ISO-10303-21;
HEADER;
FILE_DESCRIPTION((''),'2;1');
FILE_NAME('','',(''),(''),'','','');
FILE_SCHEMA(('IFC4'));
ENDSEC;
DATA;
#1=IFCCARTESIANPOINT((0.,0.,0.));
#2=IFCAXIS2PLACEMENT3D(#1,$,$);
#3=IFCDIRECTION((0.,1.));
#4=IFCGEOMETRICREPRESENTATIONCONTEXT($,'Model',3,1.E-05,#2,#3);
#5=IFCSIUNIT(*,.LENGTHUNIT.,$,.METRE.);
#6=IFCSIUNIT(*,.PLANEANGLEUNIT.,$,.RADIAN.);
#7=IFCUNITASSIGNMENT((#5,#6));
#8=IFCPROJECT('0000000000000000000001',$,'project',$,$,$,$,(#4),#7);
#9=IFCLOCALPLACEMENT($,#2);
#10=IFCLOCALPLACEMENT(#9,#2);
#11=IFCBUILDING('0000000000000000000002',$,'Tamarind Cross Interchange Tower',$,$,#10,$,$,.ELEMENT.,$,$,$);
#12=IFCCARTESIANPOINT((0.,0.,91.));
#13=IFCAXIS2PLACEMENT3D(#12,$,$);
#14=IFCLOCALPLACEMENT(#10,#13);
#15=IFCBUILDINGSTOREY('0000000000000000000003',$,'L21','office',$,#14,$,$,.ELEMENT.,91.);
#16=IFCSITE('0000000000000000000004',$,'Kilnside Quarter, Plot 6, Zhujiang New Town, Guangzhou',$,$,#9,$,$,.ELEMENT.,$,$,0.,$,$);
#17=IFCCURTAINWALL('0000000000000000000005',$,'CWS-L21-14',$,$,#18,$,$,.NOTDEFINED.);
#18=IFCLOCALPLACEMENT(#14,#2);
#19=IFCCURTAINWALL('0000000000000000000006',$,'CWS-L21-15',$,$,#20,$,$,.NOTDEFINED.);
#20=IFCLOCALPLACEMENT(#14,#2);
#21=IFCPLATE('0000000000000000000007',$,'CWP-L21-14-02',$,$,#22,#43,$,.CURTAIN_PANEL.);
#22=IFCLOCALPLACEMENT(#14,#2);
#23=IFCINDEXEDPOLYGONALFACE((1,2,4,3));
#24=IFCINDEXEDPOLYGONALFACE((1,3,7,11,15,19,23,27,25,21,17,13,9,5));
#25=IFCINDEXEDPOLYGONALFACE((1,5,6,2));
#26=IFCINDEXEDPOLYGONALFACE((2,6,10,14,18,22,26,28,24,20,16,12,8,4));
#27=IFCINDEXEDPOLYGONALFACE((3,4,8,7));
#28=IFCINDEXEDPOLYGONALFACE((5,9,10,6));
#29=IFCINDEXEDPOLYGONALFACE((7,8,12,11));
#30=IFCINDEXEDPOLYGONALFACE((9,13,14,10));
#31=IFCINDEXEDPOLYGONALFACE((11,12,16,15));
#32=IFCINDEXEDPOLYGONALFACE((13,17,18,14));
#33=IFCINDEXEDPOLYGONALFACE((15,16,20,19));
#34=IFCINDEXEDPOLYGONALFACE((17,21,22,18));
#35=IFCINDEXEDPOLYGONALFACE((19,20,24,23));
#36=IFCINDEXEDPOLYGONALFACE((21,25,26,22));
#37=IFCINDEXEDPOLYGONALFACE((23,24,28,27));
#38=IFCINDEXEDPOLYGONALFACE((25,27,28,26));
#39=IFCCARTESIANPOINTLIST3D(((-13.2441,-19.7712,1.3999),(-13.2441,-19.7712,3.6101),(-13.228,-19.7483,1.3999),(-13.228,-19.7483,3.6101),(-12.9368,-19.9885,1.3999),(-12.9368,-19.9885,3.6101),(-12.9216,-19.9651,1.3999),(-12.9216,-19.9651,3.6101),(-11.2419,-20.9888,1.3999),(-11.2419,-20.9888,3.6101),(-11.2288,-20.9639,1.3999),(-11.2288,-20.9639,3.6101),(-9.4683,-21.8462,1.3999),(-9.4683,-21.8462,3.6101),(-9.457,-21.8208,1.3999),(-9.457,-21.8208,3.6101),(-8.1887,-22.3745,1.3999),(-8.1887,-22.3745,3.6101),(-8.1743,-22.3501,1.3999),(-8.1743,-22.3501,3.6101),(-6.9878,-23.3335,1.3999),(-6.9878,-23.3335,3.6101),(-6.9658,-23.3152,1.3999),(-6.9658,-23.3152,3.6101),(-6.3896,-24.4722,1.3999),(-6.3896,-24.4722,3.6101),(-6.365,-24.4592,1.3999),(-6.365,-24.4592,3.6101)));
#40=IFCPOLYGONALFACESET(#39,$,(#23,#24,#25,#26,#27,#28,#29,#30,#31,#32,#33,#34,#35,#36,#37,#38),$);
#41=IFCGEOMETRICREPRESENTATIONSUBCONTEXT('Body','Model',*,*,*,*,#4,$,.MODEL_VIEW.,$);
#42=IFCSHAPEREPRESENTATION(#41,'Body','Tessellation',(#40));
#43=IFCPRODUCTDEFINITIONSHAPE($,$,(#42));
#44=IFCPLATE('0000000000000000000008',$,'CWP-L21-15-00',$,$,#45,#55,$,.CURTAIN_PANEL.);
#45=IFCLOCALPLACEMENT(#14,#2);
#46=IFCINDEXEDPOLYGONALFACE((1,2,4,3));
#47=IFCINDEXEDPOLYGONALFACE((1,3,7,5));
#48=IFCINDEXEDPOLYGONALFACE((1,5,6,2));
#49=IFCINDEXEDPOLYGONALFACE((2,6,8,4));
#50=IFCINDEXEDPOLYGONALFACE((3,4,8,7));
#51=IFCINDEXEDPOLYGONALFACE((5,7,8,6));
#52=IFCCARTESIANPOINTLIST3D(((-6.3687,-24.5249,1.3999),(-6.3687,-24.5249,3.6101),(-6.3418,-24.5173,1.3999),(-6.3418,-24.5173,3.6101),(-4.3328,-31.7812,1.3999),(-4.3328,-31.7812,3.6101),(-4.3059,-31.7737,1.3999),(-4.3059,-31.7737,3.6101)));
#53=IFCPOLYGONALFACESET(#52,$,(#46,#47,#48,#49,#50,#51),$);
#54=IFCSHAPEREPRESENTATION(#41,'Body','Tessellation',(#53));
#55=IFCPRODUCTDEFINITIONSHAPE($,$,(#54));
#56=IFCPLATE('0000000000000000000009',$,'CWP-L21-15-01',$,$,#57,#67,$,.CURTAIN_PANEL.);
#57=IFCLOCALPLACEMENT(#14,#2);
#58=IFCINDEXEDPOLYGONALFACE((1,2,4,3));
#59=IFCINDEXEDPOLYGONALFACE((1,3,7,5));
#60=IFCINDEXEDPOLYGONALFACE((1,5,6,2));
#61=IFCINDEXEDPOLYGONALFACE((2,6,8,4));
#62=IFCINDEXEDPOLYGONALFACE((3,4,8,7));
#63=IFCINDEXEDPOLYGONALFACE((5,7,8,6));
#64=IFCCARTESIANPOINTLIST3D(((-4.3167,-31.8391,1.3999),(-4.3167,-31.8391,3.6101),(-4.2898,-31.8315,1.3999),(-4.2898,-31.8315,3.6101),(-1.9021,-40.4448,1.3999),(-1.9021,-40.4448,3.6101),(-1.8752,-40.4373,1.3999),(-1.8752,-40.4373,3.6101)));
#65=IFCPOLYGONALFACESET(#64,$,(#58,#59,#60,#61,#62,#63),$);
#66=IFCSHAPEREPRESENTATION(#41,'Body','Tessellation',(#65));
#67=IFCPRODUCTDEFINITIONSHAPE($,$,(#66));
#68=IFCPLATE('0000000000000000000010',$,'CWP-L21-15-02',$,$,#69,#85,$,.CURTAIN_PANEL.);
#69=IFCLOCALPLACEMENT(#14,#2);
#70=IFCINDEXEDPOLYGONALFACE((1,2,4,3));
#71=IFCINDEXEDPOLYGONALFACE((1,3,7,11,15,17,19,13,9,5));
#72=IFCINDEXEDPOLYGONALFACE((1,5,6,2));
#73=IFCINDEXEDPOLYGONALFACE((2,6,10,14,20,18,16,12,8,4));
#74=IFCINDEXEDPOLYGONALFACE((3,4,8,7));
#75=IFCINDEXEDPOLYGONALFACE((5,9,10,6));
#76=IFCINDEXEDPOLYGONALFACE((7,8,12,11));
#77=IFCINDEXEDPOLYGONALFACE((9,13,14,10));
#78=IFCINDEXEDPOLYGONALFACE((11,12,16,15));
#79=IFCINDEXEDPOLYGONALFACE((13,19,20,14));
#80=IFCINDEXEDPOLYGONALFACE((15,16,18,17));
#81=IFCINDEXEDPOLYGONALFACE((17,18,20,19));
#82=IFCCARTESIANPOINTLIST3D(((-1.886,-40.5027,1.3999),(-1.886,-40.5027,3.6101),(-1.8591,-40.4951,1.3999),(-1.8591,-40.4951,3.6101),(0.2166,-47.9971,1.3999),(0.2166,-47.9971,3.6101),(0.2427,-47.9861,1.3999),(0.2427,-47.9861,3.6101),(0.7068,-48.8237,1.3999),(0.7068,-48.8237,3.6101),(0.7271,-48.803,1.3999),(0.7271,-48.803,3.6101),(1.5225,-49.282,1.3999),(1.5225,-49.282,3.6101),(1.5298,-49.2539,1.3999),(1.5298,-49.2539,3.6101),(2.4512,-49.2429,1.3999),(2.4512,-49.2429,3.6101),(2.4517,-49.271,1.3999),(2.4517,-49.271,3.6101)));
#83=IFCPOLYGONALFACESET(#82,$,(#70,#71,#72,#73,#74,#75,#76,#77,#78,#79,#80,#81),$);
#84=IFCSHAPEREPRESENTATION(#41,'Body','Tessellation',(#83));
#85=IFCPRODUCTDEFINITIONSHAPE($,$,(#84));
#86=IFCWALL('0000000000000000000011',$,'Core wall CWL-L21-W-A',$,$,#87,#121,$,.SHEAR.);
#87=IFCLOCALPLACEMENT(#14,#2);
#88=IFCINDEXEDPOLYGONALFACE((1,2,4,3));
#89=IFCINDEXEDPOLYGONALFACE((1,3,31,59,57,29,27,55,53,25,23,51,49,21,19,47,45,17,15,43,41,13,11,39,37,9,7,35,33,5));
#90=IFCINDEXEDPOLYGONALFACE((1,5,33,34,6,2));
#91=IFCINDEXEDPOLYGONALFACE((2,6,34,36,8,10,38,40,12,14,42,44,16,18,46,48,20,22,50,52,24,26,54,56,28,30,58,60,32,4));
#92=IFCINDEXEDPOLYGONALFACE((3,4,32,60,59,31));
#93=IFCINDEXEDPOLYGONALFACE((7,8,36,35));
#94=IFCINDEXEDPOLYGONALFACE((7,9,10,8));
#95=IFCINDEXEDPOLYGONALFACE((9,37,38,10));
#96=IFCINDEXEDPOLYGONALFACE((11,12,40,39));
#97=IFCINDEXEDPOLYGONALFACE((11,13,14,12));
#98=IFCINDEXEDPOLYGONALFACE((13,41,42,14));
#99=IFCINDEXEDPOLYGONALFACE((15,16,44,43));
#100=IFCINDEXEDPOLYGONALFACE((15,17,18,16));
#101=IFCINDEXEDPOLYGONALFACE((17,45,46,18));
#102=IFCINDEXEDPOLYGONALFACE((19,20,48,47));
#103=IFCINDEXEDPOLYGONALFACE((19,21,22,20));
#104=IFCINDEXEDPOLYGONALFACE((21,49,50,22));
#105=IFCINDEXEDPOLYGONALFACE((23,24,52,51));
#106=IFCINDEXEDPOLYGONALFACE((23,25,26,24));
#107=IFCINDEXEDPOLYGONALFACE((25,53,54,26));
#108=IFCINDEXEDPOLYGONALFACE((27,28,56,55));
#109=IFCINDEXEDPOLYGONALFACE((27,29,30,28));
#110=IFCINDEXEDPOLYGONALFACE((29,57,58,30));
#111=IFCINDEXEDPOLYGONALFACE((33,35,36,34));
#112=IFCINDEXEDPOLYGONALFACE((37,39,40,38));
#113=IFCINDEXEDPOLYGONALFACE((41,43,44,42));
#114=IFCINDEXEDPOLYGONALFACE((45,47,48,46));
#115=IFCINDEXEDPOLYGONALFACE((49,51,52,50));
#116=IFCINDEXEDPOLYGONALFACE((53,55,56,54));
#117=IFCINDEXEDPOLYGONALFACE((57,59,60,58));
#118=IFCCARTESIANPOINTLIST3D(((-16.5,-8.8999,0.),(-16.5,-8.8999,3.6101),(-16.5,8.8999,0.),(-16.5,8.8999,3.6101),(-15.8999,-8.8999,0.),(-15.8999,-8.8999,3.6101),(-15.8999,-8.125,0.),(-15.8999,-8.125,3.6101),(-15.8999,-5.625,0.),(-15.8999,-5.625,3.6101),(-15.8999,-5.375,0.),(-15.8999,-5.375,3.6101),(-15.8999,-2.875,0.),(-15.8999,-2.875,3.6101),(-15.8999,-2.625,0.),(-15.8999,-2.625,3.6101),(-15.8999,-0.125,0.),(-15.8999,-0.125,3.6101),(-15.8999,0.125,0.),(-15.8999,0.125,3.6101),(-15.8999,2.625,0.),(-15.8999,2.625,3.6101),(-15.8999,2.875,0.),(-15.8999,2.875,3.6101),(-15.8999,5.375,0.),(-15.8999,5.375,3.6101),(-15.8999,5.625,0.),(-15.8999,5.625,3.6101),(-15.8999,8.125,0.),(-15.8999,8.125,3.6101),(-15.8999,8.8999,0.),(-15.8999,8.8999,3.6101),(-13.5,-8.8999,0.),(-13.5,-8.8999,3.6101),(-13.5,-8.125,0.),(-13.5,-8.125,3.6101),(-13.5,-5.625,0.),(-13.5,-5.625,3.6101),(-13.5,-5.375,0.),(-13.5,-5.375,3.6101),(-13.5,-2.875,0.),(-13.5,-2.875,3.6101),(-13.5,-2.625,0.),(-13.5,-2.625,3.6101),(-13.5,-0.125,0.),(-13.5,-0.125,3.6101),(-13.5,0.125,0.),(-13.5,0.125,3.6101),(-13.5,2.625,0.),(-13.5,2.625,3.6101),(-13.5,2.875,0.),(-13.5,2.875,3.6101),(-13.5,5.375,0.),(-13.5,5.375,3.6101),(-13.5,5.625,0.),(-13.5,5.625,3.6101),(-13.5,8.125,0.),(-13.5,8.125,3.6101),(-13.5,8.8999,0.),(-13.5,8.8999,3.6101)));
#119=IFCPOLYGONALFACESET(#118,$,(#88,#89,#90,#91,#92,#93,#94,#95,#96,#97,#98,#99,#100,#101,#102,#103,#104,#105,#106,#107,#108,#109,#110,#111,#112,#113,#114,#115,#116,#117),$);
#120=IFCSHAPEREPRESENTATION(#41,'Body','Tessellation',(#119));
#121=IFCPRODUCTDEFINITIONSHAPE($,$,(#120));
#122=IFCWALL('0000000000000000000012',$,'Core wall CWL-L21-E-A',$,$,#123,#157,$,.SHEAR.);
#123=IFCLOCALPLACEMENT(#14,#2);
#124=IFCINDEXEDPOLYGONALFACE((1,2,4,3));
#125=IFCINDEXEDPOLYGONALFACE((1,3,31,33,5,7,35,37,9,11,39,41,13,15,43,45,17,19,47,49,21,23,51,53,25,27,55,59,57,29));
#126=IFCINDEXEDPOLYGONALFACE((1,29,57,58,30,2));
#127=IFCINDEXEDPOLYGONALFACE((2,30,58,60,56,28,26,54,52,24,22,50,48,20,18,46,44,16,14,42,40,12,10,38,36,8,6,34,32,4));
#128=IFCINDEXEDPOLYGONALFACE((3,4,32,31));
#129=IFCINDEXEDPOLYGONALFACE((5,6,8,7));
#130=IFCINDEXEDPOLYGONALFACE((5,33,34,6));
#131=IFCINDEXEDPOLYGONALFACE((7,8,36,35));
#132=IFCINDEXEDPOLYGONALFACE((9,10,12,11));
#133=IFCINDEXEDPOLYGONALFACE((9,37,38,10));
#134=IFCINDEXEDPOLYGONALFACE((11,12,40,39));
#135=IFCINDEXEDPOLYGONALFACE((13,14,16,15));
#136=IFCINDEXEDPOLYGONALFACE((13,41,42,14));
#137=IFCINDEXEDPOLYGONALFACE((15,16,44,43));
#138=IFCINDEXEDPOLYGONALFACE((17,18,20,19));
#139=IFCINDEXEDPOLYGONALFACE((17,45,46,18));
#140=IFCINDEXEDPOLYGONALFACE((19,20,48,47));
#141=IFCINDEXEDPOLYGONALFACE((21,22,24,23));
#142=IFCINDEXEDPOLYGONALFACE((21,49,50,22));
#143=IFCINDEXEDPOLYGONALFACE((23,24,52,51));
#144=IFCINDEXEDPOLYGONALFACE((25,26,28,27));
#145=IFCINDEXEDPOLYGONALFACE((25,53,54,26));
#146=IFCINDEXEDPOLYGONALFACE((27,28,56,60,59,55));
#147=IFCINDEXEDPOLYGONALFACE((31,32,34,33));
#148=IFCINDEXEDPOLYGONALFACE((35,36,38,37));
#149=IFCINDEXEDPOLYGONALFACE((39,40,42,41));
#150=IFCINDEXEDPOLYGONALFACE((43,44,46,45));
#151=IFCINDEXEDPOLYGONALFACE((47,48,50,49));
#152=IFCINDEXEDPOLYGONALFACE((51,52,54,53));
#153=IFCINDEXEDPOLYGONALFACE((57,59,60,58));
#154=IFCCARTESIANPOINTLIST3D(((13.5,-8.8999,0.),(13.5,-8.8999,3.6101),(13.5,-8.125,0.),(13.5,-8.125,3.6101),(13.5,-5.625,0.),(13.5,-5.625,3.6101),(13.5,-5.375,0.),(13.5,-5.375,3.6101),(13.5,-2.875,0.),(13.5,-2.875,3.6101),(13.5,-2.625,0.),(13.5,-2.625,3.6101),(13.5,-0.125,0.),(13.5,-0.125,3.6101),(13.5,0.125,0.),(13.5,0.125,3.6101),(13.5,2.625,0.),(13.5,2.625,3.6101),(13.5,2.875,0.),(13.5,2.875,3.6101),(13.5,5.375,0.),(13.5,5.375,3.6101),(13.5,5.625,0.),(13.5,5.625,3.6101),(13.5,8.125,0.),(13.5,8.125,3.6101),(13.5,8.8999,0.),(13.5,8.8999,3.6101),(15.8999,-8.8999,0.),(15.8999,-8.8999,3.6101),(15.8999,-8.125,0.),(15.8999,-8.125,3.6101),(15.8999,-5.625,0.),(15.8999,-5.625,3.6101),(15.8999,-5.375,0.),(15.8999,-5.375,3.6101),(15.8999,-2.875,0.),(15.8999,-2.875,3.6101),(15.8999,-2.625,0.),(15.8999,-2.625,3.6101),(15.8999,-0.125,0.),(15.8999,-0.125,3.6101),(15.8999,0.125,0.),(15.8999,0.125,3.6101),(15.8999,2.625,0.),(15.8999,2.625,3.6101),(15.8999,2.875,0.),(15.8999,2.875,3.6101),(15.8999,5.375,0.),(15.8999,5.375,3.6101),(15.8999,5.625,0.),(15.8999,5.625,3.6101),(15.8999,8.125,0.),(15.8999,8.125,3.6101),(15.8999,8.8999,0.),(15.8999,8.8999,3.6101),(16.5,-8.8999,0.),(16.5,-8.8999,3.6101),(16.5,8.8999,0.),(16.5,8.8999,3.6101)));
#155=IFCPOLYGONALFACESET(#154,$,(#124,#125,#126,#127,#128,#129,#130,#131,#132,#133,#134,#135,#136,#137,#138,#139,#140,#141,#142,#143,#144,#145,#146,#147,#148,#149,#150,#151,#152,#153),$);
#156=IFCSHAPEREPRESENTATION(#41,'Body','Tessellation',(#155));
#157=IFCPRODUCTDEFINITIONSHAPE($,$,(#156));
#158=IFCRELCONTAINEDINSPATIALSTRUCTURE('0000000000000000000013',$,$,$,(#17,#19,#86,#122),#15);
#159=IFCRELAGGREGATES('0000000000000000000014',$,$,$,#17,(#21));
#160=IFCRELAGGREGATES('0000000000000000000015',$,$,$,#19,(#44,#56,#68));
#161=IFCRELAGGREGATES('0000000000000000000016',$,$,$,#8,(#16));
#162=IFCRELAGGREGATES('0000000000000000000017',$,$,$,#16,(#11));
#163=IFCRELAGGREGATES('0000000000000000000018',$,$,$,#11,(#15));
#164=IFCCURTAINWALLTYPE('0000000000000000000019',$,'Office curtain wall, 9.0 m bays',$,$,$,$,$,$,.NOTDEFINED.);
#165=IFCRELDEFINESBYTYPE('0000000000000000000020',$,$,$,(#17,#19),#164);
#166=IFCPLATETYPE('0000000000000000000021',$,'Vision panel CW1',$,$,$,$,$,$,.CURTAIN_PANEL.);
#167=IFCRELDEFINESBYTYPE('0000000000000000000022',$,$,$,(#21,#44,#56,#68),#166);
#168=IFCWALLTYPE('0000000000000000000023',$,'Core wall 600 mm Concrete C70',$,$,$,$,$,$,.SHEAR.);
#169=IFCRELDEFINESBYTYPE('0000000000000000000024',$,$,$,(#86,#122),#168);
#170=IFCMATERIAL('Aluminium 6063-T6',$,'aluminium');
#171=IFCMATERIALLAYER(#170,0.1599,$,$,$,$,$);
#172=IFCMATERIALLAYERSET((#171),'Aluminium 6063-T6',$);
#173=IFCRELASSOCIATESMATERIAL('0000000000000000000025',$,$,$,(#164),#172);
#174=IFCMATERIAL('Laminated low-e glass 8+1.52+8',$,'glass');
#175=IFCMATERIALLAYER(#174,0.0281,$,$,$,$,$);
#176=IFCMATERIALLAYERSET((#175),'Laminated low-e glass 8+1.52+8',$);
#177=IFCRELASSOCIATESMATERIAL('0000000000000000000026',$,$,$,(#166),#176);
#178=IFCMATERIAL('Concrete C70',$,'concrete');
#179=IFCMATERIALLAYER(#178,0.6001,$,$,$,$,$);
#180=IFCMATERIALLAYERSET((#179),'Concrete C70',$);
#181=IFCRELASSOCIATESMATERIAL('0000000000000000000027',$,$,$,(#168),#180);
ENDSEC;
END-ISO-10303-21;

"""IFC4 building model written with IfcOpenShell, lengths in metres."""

from ifc_helpers import new_model, si_unit, direction, frame, origin, place, context, subcontext, project, spatial, polyline, outline, extrude, material, layer, layer_set, type_object, element, aggregate, save


model = new_model("IFC4")

# Units and contexts
model_context = context("Model", 3, precision=1e-05, world=origin(), true_north=direction((0.0, 1.0)))
body_context = subcontext(model_context, "Body", "Model", "MODEL_VIEW")
ifc_project = project(units=[si_unit("LENGTHUNIT", "METRE"), si_unit("PLANEANGLEUNIT", "RADIAN")], contexts=[model_context])

# Site, building, storey
site_placement = place(None, origin())
site = spatial("IfcSite", under=ifc_project, at=site_placement, Name="Kilnside Quarter, Plot 6, Zhujiang New Town, Guangzhou", CompositionType="ELEMENT", RefElevation=0.0)
building_placement = place(site_placement, origin())
building = spatial("IfcBuilding", under=site, at=building_placement, Name="Tamarind Cross Interchange Tower", CompositionType="ELEMENT")
storey_placement = place(building_placement, frame((0.0, 0.0, 91.0)))
storey = spatial("IfcBuildingStorey", under=building, at=storey_placement, Name="L21", Description="office", CompositionType="ELEMENT", Elevation=91.0)

# Curtain walls
ifc_material_1 = material(Name="Aluminium 6063-T6", Category="aluminium")
ifc_layer_1 = layer(ifc_material_1, 0.1599)
ifc_layer_set_1 = layer_set([ifc_layer_1], Name="Aluminium 6063-T6")
curtain_wall_type = type_object("IfcCurtainWallType", Name="Office curtain wall, 9.0 m bays", PredefinedType="NOTDEFINED", material=ifc_layer_set_1)
curtain_wall_1_placement = place(storey_placement, origin())
curtain_wall_1 = element("IfcCurtainWall", 1, at=curtain_wall_1_placement, inside=storey, type_object=curtain_wall_type, Name="CWS-L21-14", PredefinedType="NOTDEFINED")
curtain_wall_2_placement = place(storey_placement, origin())
curtain_wall_2 = element("IfcCurtainWall", 2, at=curtain_wall_2_placement, inside=storey, type_object=curtain_wall_type, Name="CWS-L21-15", PredefinedType="NOTDEFINED")

# Plates
ifc_material_2 = material(Name="Laminated low-e glass 8+1.52+8", Category="glass")
ifc_layer_2 = layer(ifc_material_2, 0.0281)
ifc_layer_set_2 = layer_set([ifc_layer_2], Name="Laminated low-e glass 8+1.52+8")
plate_type = type_object("IfcPlateType", Name="Vision panel CW1", PredefinedType="CURTAIN_PANEL", material=ifc_layer_set_2)
plate_1_placement = place(storey_placement, frame((0.0, 0.0, 1.3999)))
plate_1 = element("IfcPlate", 3, at=plate_1_placement, type_object=plate_type, Name="CWP-L21-14-02", PredefinedType="CURTAIN_PANEL", context=body_context, shape_type="SweptSolid", body=[
    extrude(outline(polyline([(-13.228, -19.7483), (-12.9216, -19.9651), (-11.2288, -20.9639), (-9.457, -21.8208), (-8.1743, -22.3501), (-6.9658, -23.3152), (-6.365, -24.4592), (-6.3896, -24.4722), (-6.9878, -23.3335), (-8.1887, -22.3745), (-9.4683, -21.8462), (-11.2419, -20.9888), (-12.9368, -19.9885), (-13.2441, -19.7712), (-13.228, -19.7483)])), origin(), (0.0, 0.0, 1.0), 2.2102),
])
aggregate(curtain_wall_1, [plate_1])
plate_2_placement = place(storey_placement, frame((0.0, 0.0, 1.3999)))
plate_2 = element("IfcPlate", 4, at=plate_2_placement, type_object=plate_type, Name="CWP-L21-15-00", PredefinedType="CURTAIN_PANEL", context=body_context, shape_type="SweptSolid", body=[
    extrude(outline(polyline([(-6.3418, -24.5173), (-4.3059, -31.7737), (-4.3328, -31.7812), (-6.3687, -24.5249), (-6.3418, -24.5173)])), origin(), (0.0, 0.0, 1.0), 2.2102),
])
plate_3_placement = place(storey_placement, frame((0.0, 0.0, 1.3999)))
plate_3 = element("IfcPlate", 5, at=plate_3_placement, type_object=plate_type, Name="CWP-L21-15-01", PredefinedType="CURTAIN_PANEL", context=body_context, shape_type="SweptSolid", body=[
    extrude(outline(polyline([(-4.2898, -31.8315), (-1.8752, -40.4373), (-1.9021, -40.4448), (-4.3167, -31.8391), (-4.2898, -31.8315)])), origin(), (0.0, 0.0, 1.0), 2.2102),
])
plate_4_placement = place(storey_placement, frame((0.0, 0.0, 1.3999)))
plate_4 = element("IfcPlate", 6, at=plate_4_placement, type_object=plate_type, Name="CWP-L21-15-02", PredefinedType="CURTAIN_PANEL", context=body_context, shape_type="SweptSolid", body=[
    extrude(outline(polyline([(-1.8591, -40.4951), (0.2427, -47.9861), (0.7271, -48.803), (1.5298, -49.2539), (2.4512, -49.2429), (2.4517, -49.271), (1.5225, -49.282), (0.7068, -48.8237), (0.2166, -47.9971), (-1.886, -40.5027), (-1.8591, -40.4951)])), origin(), (0.0, 0.0, 1.0), 2.2102),
])
aggregate(curtain_wall_2, [plate_2, plate_3, plate_4])

# Walls
ifc_material_3 = material(Name="Concrete C70", Category="concrete")
ifc_layer_3 = layer(ifc_material_3, 0.6001)
ifc_layer_set_3 = layer_set([ifc_layer_3], Name="Concrete C70")
wall_type_1 = type_object("IfcWallType", Name="Core wall 600 mm Concrete C70", PredefinedType="SHEAR", material=ifc_layer_set_3)
wall_1_placement = place(storey_placement, origin())
element("IfcWall", 7, at=wall_1_placement, inside=storey, type_object=wall_type_1, Name="Core wall CWL-L21-W-A", PredefinedType="SHEAR", context=body_context, shape_type="SweptSolid", body=[
    extrude(outline(polyline([(-13.5, -8.8999), (-13.5, -8.125), (-15.8999, -8.125), (-15.8999, -5.625), (-13.5, -5.625), (-13.5, -5.375), (-15.8999, -5.375), (-15.8999, -2.875), (-13.5, -2.875), (-13.5, -2.625), (-15.8999, -2.625), (-15.8999, -0.125), (-13.5, -0.125), (-13.5, 0.125), (-15.8999, 0.125), (-15.8999, 2.625), (-13.5, 2.625), (-13.5, 2.875), (-15.8999, 2.875), (-15.8999, 5.375), (-13.5, 5.375), (-13.5, 5.625), (-15.8999, 5.625), (-15.8999, 8.125), (-13.5, 8.125), (-13.5, 8.8999), (-15.8999, 8.8999), (-16.5, 8.8999), (-16.5, -8.8999), (-15.8999, -8.8999), (-13.5, -8.8999)])), origin(), (0.0, 0.0, 1.0), 3.6101),
])
wall_2_placement = place(storey_placement, origin())
element("IfcWall", 8, at=wall_2_placement, inside=storey, type_object=wall_type_1, Name="Core wall CWL-L21-E-A", PredefinedType="SHEAR", context=body_context, shape_type="SweptSolid", body=[
    extrude(outline(polyline([(13.5, -8.8999), (15.8999, -8.8999), (16.5, -8.8999), (16.5, 8.8999), (15.8999, 8.8999), (13.5, 8.8999), (13.5, 8.125), (15.8999, 8.125), (15.8999, 5.625), (13.5, 5.625), (13.5, 5.375), (15.8999, 5.375), (15.8999, 2.875), (13.5, 2.875), (13.5, 2.625), (15.8999, 2.625), (15.8999, 0.125), (13.5, 0.125), (13.5, -0.125), (15.8999, -0.125), (15.8999, -2.625), (13.5, -2.625), (13.5, -2.875), (15.8999, -2.875), (15.8999, -5.375), (13.5, -5.375), (13.5, -5.625), (15.8999, -5.625), (15.8999, -8.125), (13.5, -8.125), (13.5, -8.8999)])), origin(), (0.0, 0.0, 1.0), 3.6101),
])

save(model, "model.ifc")
